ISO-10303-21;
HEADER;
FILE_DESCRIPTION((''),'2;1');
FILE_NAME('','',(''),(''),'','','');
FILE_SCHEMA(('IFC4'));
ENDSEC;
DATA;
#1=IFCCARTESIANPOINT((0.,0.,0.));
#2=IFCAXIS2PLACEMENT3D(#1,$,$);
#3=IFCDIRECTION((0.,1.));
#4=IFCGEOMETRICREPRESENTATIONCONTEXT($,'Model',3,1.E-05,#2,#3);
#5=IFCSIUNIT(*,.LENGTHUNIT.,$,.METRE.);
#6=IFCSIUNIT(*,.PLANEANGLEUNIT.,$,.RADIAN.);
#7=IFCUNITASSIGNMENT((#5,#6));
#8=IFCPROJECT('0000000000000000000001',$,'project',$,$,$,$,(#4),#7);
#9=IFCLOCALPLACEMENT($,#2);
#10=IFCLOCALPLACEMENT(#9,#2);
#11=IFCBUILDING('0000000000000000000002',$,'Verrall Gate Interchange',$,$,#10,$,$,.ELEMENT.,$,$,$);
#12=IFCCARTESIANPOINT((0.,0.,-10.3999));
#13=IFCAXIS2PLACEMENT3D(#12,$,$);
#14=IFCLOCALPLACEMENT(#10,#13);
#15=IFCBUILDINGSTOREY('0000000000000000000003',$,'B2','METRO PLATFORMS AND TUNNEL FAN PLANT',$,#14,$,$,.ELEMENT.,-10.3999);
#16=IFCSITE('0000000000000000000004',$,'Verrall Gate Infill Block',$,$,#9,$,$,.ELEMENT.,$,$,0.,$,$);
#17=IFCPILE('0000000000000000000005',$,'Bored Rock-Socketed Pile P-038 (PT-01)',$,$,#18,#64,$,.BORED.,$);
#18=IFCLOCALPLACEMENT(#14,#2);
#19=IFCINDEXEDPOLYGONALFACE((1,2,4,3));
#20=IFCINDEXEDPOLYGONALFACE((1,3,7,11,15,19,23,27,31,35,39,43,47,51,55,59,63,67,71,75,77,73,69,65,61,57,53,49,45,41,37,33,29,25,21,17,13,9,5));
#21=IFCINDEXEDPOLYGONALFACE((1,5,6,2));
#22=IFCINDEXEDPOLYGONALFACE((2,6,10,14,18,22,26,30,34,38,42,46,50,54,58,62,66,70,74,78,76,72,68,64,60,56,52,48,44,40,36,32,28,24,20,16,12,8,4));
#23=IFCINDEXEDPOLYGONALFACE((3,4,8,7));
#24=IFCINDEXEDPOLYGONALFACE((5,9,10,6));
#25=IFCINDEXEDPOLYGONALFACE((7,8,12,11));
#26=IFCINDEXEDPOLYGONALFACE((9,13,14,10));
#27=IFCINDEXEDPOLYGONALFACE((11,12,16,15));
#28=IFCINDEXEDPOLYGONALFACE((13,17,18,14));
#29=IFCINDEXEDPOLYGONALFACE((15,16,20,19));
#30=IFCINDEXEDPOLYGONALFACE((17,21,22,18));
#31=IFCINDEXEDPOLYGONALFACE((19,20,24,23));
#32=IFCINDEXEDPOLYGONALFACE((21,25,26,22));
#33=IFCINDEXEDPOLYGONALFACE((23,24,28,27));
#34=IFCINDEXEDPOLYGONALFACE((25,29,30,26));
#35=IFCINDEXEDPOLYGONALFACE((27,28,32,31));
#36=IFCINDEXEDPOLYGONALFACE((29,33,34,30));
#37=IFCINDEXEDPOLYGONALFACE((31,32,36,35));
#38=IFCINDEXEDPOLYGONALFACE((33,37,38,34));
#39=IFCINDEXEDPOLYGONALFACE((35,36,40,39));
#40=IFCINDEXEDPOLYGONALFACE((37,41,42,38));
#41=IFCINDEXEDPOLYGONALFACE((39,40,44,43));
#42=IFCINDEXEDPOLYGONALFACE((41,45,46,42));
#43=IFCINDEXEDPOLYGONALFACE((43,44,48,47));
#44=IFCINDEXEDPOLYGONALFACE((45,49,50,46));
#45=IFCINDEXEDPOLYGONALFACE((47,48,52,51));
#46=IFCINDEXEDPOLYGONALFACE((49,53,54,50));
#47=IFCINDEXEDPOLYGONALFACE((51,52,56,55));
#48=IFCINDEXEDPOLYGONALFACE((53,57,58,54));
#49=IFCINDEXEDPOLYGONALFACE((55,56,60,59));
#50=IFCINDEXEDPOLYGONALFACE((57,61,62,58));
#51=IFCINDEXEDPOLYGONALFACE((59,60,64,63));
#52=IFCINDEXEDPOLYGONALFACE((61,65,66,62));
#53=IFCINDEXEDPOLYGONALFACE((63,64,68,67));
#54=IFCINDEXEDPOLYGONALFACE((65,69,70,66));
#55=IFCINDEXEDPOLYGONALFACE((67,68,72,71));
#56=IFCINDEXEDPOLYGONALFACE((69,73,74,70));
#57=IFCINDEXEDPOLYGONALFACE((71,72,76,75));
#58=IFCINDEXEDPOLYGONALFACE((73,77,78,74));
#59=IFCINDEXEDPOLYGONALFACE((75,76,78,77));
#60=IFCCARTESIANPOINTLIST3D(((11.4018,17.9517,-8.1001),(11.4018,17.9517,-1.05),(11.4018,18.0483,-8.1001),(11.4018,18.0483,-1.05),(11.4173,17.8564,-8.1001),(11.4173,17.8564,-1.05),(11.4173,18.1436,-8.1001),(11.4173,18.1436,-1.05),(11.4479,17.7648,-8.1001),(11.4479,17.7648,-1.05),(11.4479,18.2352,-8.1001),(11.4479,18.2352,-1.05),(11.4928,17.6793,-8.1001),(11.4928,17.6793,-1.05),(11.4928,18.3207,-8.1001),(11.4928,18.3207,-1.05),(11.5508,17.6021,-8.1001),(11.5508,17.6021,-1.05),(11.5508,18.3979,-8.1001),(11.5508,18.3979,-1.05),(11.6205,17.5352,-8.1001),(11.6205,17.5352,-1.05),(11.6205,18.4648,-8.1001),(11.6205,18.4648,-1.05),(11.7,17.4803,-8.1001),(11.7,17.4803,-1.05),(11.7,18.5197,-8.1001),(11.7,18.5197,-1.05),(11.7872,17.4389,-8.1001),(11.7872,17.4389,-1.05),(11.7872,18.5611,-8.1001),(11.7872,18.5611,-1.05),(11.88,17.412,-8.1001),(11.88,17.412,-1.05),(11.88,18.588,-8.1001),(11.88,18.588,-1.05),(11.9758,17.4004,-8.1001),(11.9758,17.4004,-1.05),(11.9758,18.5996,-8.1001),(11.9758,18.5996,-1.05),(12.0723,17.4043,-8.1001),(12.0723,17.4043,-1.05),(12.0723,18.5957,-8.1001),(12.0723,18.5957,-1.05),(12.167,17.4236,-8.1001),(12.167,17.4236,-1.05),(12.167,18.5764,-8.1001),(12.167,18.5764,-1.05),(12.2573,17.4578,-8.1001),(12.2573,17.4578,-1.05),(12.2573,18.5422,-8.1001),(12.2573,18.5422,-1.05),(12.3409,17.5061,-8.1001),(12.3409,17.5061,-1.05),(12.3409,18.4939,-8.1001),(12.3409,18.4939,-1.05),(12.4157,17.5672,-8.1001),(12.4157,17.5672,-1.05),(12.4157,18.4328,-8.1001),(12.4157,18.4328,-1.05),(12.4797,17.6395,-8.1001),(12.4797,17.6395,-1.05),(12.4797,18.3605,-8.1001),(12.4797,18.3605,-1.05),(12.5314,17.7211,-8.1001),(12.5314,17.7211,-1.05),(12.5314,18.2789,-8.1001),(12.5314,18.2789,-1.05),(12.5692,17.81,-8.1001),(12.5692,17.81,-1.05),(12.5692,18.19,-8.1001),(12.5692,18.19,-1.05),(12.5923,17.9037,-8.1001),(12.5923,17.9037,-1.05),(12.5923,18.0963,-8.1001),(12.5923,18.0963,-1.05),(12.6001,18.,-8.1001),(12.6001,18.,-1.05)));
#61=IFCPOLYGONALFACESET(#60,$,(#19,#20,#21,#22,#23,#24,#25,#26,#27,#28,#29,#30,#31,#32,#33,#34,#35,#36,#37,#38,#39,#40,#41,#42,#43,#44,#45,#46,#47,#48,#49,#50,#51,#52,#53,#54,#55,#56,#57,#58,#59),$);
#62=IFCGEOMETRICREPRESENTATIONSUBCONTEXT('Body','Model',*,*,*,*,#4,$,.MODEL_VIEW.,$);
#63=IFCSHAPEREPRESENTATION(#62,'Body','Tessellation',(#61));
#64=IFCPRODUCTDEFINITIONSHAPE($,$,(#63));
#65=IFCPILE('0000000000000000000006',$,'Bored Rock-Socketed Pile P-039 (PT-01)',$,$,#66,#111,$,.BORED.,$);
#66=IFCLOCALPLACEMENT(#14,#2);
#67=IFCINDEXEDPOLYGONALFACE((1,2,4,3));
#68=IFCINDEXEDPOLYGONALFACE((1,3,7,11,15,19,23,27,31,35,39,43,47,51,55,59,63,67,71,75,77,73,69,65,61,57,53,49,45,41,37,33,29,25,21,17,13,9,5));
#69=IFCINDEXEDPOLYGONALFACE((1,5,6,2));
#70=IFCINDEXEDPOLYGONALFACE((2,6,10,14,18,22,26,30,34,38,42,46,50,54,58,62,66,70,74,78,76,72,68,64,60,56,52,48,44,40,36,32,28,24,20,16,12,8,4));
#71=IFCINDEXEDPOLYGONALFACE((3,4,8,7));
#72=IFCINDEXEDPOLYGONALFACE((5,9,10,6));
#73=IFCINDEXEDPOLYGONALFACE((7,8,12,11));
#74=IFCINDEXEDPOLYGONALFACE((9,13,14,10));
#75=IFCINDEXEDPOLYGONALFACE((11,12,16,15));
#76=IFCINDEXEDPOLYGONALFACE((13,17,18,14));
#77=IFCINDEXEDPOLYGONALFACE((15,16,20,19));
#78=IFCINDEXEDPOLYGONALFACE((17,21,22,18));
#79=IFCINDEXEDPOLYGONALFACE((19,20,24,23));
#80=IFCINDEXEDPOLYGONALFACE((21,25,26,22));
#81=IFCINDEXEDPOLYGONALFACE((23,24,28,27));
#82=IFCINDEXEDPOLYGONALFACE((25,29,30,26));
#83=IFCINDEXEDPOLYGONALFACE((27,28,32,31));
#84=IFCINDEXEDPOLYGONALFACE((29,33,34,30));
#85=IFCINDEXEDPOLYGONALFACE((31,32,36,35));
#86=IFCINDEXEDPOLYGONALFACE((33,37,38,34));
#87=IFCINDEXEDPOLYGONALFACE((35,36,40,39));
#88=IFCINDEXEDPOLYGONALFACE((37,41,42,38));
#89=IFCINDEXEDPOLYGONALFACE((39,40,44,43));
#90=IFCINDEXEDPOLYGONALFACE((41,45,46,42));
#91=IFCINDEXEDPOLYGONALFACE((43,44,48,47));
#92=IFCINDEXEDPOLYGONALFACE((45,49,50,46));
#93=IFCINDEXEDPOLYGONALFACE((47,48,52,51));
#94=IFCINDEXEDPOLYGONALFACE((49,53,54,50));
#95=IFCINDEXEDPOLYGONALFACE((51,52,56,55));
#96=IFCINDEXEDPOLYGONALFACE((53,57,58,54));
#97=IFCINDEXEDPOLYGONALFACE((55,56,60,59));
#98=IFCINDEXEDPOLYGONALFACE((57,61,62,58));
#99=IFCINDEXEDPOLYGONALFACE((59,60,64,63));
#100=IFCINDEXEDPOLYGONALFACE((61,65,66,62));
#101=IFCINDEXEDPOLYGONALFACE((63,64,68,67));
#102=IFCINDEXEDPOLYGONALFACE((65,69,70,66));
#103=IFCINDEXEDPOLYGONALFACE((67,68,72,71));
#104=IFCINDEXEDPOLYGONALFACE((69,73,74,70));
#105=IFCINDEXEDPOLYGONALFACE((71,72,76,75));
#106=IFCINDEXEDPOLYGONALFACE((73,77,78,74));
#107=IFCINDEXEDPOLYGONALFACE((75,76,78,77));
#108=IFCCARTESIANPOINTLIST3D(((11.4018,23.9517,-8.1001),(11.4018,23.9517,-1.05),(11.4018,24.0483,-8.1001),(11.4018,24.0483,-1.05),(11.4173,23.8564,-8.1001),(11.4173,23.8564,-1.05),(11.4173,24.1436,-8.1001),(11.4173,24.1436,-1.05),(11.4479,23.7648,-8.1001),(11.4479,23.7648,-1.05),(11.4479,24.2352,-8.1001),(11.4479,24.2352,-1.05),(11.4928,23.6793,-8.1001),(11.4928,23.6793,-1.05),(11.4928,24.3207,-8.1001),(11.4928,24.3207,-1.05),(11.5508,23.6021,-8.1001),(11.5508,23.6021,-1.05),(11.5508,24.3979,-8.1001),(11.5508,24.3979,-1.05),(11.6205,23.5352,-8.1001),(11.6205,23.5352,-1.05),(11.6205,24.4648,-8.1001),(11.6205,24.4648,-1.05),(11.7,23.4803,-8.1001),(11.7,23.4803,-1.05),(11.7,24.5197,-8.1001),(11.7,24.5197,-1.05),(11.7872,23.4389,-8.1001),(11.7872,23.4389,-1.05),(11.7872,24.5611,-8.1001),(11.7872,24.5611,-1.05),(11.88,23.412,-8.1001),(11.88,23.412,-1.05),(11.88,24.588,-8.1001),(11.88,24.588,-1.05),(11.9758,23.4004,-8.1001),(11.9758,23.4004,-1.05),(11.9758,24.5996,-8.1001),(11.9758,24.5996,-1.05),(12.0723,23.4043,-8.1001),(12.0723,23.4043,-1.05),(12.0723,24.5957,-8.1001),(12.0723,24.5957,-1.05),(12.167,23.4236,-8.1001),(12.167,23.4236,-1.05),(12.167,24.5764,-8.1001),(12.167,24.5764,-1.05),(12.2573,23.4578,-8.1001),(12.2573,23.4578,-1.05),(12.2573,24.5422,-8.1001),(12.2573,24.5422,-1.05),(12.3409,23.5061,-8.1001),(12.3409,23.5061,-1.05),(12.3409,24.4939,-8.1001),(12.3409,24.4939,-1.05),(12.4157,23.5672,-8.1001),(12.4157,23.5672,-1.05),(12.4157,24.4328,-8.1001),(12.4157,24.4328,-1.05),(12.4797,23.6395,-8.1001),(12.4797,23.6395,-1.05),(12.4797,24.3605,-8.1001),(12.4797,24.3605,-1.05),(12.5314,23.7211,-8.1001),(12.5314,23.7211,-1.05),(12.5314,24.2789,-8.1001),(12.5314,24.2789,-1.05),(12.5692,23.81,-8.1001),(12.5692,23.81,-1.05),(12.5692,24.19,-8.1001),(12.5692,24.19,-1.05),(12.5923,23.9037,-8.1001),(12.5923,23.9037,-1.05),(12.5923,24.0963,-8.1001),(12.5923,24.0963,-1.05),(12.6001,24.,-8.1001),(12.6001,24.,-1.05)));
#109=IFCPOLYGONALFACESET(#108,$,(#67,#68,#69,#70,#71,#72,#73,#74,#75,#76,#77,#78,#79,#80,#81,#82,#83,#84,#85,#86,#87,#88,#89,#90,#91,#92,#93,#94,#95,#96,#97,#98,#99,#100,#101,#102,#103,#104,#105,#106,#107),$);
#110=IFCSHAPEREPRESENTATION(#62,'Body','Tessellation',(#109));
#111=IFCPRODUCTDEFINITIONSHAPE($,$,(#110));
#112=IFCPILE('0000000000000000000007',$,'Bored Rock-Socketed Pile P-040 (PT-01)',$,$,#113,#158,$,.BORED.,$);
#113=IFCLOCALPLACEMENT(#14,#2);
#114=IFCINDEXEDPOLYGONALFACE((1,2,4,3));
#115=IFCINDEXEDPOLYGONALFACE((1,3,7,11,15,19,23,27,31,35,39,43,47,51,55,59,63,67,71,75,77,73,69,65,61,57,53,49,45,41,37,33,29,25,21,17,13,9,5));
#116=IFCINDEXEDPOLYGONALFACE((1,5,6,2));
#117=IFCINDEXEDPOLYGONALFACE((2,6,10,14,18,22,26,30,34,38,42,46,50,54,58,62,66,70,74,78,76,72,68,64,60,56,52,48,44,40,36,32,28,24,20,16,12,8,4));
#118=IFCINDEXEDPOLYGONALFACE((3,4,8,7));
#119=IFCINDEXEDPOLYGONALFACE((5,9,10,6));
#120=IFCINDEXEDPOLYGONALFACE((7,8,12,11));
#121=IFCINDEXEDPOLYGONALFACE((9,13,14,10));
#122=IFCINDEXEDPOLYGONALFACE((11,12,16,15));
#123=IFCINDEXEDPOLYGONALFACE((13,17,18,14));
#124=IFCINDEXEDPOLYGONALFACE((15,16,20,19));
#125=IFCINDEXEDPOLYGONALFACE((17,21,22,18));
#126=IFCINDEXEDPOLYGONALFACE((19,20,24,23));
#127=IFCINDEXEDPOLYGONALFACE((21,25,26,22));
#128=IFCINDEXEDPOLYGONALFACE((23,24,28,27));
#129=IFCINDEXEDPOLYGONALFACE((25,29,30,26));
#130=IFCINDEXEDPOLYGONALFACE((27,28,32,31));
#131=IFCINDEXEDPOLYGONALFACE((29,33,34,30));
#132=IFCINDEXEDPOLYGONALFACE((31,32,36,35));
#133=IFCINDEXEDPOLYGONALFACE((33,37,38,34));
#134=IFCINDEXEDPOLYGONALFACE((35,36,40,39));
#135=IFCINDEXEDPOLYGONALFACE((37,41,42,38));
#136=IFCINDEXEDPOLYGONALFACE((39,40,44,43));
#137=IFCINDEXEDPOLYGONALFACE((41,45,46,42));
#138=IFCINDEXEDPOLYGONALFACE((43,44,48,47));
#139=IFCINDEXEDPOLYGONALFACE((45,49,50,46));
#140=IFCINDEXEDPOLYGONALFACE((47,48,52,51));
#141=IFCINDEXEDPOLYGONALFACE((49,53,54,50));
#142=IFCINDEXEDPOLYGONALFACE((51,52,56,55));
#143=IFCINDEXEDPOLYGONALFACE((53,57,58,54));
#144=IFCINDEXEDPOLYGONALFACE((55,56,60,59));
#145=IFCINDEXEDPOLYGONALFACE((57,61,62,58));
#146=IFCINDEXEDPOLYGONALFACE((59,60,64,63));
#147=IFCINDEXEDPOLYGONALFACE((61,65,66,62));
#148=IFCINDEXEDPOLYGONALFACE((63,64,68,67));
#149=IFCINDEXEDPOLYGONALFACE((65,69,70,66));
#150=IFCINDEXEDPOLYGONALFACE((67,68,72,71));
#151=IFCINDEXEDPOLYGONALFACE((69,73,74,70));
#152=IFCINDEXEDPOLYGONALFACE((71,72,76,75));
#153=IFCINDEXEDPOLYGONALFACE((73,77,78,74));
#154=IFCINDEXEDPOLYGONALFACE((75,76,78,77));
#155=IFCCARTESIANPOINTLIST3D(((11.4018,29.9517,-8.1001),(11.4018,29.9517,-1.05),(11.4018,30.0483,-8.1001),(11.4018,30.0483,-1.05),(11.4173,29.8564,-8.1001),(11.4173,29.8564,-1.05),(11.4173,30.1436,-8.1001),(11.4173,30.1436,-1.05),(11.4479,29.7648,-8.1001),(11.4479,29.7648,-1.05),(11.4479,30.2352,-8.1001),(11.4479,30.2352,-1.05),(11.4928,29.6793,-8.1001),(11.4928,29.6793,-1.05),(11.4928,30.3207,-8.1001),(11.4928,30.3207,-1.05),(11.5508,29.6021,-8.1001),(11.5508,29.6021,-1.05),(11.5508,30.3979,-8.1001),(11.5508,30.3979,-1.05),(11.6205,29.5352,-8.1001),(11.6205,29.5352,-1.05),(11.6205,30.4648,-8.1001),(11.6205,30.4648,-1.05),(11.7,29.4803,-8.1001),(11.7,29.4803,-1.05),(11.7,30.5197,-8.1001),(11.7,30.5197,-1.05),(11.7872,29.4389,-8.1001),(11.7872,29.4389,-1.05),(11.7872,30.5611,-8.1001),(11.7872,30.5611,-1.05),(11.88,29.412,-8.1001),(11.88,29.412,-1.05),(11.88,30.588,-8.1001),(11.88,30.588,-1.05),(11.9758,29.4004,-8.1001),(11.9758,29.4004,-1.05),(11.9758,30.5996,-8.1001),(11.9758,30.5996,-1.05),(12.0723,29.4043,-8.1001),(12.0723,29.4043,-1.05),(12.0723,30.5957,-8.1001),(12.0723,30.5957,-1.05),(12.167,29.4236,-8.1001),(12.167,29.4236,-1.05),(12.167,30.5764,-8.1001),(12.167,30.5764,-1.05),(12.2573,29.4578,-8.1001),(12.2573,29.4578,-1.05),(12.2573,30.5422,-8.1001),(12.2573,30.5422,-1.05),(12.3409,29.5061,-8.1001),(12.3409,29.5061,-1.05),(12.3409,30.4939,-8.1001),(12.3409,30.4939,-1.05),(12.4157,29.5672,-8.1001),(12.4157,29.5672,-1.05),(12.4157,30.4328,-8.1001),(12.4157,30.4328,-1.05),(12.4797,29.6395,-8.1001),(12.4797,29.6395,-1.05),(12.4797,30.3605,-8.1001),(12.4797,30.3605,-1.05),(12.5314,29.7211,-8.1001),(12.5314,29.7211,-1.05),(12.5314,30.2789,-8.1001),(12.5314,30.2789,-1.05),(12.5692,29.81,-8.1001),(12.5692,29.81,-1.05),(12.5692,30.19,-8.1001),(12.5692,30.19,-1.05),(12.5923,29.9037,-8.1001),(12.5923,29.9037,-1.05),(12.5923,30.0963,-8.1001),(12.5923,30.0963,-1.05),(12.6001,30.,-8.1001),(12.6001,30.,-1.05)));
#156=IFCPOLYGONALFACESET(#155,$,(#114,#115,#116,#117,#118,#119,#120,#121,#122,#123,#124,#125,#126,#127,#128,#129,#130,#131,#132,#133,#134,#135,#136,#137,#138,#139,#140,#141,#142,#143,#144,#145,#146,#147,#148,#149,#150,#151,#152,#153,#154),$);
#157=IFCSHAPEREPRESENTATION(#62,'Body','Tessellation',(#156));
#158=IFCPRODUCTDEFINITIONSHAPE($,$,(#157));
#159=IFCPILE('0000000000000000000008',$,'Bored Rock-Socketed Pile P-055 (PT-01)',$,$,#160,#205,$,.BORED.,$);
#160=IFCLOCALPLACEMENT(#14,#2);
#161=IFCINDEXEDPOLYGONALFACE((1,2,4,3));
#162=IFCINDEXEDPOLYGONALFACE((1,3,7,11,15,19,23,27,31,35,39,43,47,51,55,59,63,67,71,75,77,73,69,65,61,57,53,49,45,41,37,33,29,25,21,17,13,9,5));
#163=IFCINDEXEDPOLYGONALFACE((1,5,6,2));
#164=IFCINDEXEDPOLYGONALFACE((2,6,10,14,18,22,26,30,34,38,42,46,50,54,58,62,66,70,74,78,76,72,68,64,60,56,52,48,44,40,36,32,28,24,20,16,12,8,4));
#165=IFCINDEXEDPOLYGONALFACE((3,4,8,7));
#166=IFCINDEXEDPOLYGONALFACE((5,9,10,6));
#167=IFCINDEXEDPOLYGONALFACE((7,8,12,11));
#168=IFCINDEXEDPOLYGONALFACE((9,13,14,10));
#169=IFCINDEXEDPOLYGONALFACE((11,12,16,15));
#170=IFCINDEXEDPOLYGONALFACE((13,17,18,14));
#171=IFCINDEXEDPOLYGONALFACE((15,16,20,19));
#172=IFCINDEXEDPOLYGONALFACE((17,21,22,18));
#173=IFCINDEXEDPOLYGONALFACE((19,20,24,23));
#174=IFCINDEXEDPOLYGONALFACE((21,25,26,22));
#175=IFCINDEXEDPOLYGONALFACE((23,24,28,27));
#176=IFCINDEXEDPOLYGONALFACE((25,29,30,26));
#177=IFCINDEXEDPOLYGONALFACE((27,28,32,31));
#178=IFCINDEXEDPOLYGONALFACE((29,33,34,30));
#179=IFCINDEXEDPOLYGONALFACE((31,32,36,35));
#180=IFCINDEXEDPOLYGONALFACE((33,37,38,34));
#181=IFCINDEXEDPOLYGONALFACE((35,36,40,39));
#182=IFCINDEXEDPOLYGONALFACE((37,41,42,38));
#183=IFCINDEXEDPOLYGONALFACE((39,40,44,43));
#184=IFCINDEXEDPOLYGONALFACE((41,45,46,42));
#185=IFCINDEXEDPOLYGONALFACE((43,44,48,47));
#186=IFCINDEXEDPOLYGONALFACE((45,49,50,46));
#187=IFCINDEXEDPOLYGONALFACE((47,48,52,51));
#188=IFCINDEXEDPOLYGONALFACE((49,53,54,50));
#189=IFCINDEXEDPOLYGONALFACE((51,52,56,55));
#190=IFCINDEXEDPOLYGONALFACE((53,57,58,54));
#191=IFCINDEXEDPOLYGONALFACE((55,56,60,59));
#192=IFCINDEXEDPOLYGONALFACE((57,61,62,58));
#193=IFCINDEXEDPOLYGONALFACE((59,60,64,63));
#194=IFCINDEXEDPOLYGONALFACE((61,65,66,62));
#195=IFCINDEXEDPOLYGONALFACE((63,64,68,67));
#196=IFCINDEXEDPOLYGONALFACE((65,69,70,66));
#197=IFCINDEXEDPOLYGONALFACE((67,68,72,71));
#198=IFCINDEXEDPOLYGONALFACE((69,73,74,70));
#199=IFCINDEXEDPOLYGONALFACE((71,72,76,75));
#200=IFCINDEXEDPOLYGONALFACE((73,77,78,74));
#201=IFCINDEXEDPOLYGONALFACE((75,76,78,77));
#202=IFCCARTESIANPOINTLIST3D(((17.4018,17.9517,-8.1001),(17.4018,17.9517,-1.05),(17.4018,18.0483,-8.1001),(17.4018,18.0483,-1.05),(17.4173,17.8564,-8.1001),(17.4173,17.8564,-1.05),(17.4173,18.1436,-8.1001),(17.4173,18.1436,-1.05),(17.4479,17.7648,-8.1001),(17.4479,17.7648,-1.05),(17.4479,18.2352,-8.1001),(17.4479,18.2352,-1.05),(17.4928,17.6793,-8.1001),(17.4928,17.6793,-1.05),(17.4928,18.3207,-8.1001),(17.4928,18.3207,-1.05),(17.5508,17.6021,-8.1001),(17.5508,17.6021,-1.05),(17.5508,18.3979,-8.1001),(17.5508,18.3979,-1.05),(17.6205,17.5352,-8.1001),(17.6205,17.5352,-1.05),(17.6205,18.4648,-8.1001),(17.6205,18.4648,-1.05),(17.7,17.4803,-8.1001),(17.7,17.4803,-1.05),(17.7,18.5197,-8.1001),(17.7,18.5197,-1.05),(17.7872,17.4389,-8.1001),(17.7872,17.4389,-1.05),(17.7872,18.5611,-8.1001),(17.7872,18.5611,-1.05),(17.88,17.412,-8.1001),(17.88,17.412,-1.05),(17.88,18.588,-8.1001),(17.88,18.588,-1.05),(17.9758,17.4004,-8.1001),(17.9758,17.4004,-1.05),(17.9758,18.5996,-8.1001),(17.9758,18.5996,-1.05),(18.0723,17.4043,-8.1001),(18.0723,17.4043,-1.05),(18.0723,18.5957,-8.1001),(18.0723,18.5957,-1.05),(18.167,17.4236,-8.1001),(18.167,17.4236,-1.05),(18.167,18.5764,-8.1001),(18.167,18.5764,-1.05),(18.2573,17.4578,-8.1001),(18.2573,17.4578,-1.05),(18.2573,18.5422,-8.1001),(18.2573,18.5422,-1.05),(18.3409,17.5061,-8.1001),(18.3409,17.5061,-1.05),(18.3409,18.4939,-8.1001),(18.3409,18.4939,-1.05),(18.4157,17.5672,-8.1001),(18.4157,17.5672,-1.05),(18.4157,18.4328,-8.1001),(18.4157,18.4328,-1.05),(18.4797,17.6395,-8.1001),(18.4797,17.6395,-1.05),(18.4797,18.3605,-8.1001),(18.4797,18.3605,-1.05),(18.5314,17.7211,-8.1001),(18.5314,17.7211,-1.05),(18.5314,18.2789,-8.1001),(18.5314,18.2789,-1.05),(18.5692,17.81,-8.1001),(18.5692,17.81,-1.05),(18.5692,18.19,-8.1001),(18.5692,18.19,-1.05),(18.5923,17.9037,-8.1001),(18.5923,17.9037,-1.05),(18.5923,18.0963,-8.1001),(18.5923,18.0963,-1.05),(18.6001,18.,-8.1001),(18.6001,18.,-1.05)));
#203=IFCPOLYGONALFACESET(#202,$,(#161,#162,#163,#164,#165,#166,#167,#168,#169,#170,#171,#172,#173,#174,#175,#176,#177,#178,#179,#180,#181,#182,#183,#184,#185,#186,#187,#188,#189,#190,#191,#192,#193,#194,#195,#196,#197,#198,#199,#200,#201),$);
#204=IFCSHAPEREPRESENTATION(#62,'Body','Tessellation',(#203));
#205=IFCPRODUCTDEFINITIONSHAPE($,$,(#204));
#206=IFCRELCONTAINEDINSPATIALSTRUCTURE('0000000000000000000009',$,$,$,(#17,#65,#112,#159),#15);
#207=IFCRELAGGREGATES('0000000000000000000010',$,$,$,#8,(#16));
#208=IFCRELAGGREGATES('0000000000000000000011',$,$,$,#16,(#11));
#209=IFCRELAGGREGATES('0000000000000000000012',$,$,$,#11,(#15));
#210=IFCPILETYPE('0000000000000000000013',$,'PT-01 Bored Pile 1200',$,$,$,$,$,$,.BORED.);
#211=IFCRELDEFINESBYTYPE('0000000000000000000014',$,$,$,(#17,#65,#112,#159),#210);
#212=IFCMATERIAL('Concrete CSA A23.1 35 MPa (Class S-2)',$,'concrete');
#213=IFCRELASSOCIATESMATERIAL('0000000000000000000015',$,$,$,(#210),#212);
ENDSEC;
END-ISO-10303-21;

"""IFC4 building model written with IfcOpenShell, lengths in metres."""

from ifc_helpers import new_model, si_unit, direction, frame, origin, origin_2d, place, context, subcontext, project, spatial, circle, extrude, material, material_profile, profile_set, type_object, element, save


model = new_model("IFC4")

# Units and contexts
model_context = context("Model", 3, precision=1e-05, world=origin(), true_north=direction((0.0, 1.0)))
body_context = subcontext(model_context, "Body", "Model", "MODEL_VIEW")
ifc_project = project(units=[si_unit("LENGTHUNIT", "METRE"), si_unit("PLANEANGLEUNIT", "RADIAN")], contexts=[model_context])

# Site, building, storey
site_placement = place(None, origin())
site = spatial("IfcSite", under=ifc_project, at=site_placement, Name="Verrall Gate Infill Block", CompositionType="ELEMENT", RefElevation=0.0)
building_placement = place(site_placement, origin())
building = spatial("IfcBuilding", under=site, at=building_placement, Name="Verrall Gate Interchange", CompositionType="ELEMENT")
storey_placement = place(building_placement, frame((0.0, 0.0, -10.3999)))
storey = spatial("IfcBuildingStorey", under=building, at=storey_placement, Name="B2", Description="METRO PLATFORMS AND TUNNEL FAN PLANT", CompositionType="ELEMENT", Elevation=-10.3999)

# Piles
ifc_material_1 = material(Name="Concrete CSA A23.1 35 MPa (Class S-2)", Category="concrete")
ifc_material_profile_1 = material_profile(ifc_material_1, circle(Radius=0.6001, at=origin_2d()), Name="PILE1200D")
ifc_profile_set_1 = profile_set([ifc_material_profile_1], Name="Concrete CSA A23.1 35 MPa (Class S-2)")
pile_type = type_object("IfcPileType", Name="PT-01 Bored Pile 1200", PredefinedType="BORED", material=ifc_profile_set_1)
for number, where, z_axis, x_axis, name in (
    (1, (12.0, 18.0, -1.05), (0.0, 0.0, -1.0), (1.0, 0.0, 0.0), "Bored Rock-Socketed Pile P-038 (PT-01)"),
    (2, (12.0, 24.0, -1.05), (0.0, 0.0, -1.0), (1.0, 0.0, 0.0), "Bored Rock-Socketed Pile P-039 (PT-01)"),
    (3, (12.0, 30.0, -1.05), (0.0, 0.0, -1.0), (1.0, 0.0, 0.0), "Bored Rock-Socketed Pile P-040 (PT-01)"),
    (4, (18.0, 18.0, -1.05), (0.0, 0.0, -1.0), (1.0, 0.0, 0.0), "Bored Rock-Socketed Pile P-055 (PT-01)"),
):
    element("IfcPile", number, at=place(storey_placement, frame(where, z_axis=z_axis, x_axis=x_axis)), inside=storey, type_object=pile_type, Name=name, PredefinedType="BORED", context=body_context, shape_type="SweptSolid", body=[
        extrude(circle(Radius=0.6001, at=origin_2d()), origin(), (0.0, 0.0, 1.0), 7.05),
    ])

save(model, "model.ifc")
